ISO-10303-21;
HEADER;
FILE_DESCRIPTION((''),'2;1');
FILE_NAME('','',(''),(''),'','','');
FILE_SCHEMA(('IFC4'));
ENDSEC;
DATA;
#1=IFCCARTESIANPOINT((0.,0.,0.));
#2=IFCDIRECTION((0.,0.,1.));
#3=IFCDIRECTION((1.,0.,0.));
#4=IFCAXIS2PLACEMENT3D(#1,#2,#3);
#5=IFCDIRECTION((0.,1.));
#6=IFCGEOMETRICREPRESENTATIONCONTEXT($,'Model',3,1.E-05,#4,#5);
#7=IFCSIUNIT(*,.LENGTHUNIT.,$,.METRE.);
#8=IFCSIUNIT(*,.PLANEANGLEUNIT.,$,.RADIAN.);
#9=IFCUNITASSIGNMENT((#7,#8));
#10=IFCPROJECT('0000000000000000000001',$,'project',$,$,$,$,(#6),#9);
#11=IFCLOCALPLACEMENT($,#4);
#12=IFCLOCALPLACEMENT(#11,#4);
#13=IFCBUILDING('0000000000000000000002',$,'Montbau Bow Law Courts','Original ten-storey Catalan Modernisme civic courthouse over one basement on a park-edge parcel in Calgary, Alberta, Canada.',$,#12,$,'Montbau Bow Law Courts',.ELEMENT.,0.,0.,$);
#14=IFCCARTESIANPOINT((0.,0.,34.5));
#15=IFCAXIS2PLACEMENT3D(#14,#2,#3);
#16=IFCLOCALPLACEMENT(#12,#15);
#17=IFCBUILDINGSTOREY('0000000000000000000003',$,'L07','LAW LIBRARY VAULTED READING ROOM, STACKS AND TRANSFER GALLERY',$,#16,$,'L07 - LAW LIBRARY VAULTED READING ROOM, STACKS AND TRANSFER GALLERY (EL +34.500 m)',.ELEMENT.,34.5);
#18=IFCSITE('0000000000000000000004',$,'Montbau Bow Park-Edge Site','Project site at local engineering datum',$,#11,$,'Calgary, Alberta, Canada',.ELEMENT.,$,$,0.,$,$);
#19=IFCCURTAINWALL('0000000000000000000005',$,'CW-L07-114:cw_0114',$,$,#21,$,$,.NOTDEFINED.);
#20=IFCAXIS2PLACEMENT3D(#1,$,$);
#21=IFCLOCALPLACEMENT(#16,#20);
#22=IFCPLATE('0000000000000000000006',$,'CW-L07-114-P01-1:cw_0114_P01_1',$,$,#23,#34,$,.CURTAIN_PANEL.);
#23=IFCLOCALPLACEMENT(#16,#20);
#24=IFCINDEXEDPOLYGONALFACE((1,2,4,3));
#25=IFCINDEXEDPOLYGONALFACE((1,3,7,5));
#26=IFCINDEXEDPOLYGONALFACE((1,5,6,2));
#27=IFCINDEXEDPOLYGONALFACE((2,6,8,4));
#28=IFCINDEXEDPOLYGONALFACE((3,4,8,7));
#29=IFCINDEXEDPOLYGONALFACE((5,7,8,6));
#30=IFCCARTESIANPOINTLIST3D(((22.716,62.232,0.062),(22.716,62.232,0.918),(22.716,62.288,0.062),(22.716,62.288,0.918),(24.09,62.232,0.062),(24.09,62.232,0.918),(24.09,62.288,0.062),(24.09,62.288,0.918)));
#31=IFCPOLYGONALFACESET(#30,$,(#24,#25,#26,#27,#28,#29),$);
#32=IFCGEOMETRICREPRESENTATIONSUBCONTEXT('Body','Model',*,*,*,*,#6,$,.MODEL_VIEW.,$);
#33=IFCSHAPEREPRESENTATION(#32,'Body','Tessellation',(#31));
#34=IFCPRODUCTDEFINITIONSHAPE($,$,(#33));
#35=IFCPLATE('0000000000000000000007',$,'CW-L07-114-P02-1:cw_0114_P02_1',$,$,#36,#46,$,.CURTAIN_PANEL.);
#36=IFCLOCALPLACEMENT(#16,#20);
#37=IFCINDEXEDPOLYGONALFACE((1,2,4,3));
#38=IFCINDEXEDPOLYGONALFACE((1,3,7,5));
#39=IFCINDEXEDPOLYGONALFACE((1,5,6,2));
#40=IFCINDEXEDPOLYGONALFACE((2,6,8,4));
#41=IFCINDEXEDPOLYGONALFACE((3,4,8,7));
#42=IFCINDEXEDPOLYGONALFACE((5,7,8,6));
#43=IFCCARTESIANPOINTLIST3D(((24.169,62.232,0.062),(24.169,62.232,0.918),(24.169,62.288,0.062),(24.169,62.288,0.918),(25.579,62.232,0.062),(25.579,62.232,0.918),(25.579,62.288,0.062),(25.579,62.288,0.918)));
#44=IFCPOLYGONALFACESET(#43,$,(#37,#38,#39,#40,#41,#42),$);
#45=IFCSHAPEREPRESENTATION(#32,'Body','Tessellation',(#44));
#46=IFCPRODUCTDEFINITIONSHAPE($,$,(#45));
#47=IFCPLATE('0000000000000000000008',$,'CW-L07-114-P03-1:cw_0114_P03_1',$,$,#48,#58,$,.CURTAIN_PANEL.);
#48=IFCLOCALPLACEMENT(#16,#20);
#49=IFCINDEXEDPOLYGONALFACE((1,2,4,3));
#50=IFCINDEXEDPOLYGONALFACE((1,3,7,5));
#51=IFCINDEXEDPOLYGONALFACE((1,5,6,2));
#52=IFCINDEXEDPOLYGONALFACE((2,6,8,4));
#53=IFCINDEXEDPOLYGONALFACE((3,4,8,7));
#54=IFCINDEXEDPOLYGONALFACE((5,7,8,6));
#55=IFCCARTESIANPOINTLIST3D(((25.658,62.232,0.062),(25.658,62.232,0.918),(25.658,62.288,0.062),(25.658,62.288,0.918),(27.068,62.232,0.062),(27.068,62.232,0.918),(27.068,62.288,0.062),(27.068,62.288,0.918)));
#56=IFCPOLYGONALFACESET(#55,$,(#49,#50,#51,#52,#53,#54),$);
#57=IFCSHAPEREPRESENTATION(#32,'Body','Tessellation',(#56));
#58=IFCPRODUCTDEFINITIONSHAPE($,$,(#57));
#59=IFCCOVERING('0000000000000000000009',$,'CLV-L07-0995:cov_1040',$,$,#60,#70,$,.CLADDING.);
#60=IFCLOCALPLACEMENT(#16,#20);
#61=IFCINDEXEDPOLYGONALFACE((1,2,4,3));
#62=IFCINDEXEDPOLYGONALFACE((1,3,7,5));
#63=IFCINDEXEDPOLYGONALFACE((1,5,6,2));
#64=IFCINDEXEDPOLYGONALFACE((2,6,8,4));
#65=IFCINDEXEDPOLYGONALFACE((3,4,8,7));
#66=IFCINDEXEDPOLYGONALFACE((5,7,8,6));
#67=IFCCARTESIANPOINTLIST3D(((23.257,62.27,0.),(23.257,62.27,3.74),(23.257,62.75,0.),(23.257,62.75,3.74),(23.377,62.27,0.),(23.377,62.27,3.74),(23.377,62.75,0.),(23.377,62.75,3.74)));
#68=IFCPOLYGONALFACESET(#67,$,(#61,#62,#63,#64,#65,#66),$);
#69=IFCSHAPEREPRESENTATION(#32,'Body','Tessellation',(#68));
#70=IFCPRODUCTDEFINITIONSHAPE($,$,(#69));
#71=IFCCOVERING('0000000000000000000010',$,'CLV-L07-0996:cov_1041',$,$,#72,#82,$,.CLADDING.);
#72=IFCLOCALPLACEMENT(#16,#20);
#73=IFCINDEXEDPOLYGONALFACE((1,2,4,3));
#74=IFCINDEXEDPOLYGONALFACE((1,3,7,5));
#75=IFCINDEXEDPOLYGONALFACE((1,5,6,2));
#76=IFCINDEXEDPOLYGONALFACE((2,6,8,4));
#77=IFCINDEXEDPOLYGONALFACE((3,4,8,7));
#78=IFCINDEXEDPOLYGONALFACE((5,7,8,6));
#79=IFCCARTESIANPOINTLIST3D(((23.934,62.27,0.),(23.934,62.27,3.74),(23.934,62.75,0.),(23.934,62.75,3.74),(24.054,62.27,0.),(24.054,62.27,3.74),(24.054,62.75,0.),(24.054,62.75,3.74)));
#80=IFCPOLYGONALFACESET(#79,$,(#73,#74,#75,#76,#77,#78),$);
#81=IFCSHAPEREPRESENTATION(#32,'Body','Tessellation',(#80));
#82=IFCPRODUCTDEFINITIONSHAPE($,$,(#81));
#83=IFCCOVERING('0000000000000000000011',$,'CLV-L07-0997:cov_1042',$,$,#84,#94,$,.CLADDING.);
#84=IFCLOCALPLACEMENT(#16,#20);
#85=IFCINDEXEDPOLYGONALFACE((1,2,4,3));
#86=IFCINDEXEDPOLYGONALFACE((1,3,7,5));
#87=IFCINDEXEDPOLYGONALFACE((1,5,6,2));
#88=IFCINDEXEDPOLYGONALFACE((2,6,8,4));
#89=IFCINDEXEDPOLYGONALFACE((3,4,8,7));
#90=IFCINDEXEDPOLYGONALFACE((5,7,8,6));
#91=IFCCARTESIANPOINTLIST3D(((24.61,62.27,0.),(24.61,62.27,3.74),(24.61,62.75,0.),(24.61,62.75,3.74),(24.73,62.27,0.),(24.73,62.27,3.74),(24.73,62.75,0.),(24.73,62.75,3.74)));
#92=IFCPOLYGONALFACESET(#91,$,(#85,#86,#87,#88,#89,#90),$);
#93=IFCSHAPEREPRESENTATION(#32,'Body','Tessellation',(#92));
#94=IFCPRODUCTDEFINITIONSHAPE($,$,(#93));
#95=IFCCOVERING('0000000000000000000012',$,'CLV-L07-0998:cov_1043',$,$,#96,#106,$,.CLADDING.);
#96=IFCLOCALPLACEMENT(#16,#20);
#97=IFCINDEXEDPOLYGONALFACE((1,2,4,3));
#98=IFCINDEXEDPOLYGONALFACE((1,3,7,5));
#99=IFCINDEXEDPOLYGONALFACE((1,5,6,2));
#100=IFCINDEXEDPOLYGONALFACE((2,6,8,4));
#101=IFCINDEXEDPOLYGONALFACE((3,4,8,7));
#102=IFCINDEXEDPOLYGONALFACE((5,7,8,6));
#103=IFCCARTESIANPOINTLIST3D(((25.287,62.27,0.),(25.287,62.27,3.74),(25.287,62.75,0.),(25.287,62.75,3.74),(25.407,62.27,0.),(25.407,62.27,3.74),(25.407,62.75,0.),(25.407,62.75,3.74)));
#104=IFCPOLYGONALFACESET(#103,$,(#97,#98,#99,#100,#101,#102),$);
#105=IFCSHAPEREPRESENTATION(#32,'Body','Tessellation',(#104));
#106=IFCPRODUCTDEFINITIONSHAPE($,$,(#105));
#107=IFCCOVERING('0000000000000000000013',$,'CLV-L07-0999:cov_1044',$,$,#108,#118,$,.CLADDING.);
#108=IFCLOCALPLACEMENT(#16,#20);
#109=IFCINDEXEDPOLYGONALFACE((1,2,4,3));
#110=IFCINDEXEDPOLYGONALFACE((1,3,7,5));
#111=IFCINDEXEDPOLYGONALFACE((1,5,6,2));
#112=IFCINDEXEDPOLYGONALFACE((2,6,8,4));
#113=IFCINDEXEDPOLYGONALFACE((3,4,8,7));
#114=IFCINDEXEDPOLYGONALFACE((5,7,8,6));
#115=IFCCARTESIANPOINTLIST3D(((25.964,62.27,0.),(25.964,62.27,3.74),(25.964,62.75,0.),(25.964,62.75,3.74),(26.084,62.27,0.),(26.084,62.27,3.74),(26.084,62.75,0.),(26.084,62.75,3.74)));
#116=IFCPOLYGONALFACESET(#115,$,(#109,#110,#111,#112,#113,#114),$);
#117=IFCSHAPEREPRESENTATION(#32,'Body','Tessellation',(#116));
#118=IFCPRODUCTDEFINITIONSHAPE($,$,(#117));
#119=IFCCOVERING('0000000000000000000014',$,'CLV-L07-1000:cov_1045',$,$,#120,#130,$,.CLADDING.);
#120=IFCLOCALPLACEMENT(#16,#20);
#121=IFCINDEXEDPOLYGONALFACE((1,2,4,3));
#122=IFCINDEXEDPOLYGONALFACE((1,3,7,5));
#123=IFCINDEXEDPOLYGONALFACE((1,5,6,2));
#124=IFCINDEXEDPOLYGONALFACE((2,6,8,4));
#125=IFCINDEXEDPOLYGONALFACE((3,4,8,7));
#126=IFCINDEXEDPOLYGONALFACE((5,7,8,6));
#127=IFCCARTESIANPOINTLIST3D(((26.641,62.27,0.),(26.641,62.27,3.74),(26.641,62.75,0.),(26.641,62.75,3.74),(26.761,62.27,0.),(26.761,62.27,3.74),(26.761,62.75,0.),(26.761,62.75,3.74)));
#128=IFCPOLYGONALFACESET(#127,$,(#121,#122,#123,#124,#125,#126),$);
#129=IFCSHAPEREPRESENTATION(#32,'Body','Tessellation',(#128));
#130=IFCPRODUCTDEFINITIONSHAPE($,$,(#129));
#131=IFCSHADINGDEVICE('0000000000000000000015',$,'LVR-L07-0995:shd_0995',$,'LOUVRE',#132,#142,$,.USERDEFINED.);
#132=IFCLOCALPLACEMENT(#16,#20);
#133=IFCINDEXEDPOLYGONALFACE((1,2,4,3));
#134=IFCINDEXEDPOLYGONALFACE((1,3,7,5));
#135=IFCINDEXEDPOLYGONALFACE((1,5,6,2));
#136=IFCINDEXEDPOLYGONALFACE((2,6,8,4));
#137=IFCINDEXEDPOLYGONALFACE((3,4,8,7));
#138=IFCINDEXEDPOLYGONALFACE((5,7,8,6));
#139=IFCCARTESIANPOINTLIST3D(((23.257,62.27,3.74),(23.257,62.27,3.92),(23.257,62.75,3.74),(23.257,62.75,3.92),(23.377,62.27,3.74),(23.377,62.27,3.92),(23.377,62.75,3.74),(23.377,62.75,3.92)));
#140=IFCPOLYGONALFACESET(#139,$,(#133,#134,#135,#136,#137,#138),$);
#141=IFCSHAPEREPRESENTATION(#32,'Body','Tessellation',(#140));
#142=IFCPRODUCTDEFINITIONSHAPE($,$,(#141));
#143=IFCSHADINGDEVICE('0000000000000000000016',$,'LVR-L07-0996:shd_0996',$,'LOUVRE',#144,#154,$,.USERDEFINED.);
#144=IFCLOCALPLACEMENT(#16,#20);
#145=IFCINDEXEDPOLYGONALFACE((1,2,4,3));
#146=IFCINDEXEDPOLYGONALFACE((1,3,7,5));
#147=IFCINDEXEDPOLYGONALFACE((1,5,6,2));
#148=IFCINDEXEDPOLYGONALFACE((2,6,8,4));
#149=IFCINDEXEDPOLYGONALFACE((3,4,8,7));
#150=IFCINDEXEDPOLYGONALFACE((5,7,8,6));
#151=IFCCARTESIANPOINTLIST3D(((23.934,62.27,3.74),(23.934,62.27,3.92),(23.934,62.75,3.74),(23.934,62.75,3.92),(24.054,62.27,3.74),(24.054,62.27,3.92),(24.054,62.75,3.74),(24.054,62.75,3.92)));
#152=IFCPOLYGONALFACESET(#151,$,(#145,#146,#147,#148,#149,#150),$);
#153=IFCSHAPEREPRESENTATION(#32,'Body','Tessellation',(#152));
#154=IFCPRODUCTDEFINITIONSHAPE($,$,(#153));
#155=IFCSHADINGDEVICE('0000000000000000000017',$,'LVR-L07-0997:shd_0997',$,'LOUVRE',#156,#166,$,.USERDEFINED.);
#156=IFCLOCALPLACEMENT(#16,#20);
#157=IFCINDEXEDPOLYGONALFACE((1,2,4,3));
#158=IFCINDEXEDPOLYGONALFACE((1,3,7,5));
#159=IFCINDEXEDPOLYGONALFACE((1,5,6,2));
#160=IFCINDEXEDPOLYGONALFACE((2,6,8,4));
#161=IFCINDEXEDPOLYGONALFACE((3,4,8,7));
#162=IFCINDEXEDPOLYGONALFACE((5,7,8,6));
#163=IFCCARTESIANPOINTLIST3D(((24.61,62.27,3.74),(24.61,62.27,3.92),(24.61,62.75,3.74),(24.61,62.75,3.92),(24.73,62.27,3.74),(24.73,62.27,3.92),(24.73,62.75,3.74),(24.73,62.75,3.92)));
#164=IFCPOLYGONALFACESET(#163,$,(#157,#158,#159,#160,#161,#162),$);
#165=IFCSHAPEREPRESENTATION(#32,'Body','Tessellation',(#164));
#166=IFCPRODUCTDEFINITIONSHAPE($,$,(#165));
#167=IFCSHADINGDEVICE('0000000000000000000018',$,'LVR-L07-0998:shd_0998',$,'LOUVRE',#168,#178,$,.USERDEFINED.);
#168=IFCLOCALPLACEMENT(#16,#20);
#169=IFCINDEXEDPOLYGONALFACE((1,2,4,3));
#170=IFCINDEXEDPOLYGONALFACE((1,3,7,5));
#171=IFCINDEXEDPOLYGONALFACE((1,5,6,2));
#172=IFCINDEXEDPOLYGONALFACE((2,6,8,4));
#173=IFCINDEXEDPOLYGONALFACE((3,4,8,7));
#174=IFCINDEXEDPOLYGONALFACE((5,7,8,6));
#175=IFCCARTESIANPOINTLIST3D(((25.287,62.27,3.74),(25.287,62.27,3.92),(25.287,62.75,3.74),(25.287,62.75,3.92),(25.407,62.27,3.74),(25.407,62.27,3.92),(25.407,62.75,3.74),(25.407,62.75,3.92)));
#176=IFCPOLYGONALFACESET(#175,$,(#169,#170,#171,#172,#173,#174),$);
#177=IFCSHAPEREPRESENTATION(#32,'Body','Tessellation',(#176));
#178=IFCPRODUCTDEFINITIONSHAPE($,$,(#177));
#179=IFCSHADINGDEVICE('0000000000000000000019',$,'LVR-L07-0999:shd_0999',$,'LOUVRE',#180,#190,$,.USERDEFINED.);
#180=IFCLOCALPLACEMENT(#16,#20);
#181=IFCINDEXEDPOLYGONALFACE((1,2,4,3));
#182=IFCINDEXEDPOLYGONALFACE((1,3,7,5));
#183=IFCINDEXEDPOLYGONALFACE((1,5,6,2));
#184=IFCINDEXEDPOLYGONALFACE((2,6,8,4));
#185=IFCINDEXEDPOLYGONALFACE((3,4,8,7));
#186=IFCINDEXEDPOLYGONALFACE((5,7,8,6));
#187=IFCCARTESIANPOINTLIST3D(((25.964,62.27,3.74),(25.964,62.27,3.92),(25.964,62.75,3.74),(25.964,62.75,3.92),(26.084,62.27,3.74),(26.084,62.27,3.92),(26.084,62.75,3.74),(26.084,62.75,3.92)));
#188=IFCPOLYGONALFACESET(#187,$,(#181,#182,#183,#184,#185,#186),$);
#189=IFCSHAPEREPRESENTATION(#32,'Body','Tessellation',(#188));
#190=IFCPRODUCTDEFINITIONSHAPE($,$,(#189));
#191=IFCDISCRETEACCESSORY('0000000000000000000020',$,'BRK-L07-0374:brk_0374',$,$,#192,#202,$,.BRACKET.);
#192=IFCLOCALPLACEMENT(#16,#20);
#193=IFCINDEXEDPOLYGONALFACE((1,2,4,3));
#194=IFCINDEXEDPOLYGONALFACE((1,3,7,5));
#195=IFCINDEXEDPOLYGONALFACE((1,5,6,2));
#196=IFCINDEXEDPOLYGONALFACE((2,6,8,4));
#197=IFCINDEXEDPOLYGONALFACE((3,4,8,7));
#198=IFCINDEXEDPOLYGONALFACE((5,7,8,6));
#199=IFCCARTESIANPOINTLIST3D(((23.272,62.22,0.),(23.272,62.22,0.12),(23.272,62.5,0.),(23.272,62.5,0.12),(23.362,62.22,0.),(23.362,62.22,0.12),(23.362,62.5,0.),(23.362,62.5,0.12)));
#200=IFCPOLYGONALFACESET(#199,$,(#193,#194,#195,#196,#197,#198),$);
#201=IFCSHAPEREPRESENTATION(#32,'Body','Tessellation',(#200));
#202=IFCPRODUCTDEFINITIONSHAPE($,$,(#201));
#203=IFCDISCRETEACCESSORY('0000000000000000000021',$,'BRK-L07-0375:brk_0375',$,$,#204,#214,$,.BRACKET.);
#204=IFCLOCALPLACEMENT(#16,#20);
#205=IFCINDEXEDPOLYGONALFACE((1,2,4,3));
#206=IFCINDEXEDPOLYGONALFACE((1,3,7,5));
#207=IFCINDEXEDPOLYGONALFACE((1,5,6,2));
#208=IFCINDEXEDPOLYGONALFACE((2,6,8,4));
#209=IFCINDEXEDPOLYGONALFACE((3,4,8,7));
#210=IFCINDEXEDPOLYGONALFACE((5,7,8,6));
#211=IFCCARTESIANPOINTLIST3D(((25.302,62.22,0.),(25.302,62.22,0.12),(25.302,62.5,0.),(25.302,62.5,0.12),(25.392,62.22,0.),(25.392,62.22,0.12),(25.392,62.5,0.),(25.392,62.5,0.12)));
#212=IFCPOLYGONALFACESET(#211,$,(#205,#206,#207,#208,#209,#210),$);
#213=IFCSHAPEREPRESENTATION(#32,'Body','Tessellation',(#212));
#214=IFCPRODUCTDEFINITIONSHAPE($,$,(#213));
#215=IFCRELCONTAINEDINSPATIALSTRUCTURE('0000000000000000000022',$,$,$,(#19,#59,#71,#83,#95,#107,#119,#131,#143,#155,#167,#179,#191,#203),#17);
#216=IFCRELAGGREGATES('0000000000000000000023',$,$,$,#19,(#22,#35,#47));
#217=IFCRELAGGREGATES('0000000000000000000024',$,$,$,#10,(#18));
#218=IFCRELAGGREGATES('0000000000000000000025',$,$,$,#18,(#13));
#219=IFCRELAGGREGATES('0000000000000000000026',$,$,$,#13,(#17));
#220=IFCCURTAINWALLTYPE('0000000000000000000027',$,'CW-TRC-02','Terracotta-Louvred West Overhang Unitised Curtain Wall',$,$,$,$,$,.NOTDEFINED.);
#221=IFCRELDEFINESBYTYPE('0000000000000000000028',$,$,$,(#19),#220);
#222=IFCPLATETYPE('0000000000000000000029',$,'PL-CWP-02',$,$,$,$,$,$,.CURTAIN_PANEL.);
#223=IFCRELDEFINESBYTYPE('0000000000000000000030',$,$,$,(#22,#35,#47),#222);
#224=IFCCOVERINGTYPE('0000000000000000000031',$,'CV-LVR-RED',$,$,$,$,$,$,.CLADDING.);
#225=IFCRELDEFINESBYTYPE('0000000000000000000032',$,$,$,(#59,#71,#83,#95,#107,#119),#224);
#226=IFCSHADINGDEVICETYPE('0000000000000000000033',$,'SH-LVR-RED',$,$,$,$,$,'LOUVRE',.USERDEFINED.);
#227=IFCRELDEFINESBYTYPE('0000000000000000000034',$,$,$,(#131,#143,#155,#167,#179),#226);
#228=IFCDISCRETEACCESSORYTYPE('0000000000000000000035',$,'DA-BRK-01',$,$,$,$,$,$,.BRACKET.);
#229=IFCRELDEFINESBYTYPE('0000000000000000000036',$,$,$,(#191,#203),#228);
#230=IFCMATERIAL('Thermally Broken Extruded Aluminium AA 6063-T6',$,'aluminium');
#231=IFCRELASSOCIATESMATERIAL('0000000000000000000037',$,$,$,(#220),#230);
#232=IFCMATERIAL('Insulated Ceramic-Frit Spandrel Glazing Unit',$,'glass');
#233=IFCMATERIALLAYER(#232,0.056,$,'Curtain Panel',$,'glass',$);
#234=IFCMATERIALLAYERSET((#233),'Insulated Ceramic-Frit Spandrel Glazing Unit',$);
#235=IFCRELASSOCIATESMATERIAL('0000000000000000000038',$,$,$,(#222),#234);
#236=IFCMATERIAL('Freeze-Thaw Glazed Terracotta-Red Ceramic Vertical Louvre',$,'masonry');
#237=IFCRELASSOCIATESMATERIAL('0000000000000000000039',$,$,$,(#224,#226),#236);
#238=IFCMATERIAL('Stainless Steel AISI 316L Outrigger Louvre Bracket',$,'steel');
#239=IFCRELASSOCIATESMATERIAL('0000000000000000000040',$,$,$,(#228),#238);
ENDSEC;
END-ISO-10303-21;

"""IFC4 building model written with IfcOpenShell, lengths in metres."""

from ifc_helpers import new_model, si_unit, direction, frame, frame_2d, origin_with_axes, origin_2d_with_axis, place, context, subcontext, project, spatial, rectangle, extrude, material, layer, layer_set, type_object, element, aggregate, save


model = new_model("IFC4")

# Units and contexts
model_context = context("Model", 3, precision=1e-05, world=origin_with_axes(), true_north=direction((0.0, 1.0)))
body_context = subcontext(model_context, "Body", "Model", "MODEL_VIEW")
ifc_project = project(units=[si_unit("LENGTHUNIT", "METRE"), si_unit("PLANEANGLEUNIT", "RADIAN")], contexts=[model_context])

# Site, building, storey
site_placement = place(None, origin_with_axes())
site = spatial("IfcSite", under=ifc_project, at=site_placement, Name="Montbau Bow Park-Edge Site", Description="Project site at local engineering datum", LongName="Calgary, Alberta, Canada", CompositionType="ELEMENT", RefElevation=0.0)
building_placement = place(site_placement, origin_with_axes())
building = spatial("IfcBuilding", under=site, at=building_placement, Name="Montbau Bow Law Courts", Description="Original ten-storey Catalan Modernisme civic courthouse over one basement on a park-edge parcel in Calgary, Alberta, Canada.", LongName="Montbau Bow Law Courts", CompositionType="ELEMENT", ElevationOfRefHeight=0.0, ElevationOfTerrain=0.0)
storey_placement = place(building_placement, frame((0.0, 0.0, 34.5), z_axis=(0.0, 0.0, 1.0), x_axis=(1.0, 0.0, 0.0)))
storey = spatial("IfcBuildingStorey", under=building, at=storey_placement, Name="L07", Description="LAW LIBRARY VAULTED READING ROOM, STACKS AND TRANSFER GALLERY", LongName="L07 - LAW LIBRARY VAULTED READING ROOM, STACKS AND TRANSFER GALLERY (EL +34.500 m)", CompositionType="ELEMENT", Elevation=34.5)

# Curtain wall, plates
ifc_material_1 = material(Name="Thermally Broken Extruded Aluminium AA 6063-T6", Category="aluminium")
curtain_wall_type = type_object("IfcCurtainWallType", Name="CW-TRC-02", Description="Terracotta-Louvred West Overhang Unitised Curtain Wall", PredefinedType="NOTDEFINED", material=ifc_material_1)
curtain_wall_placement = place(None, frame((22.64, 62.26, 34.5), z_axis=(0.0, 0.0, 1.0), x_axis=(1.0, 0.0, 0.0)))
curtain_wall = element("IfcCurtainWall", 1, at=curtain_wall_placement, inside=storey, type_object=curtain_wall_type, Name="CW-L07-114:cw_0114", PredefinedType="NOTDEFINED")
ifc_material_2 = material(Name="Insulated Ceramic-Frit Spandrel Glazing Unit", Category="glass")
ifc_layer_1 = layer(ifc_material_2, 0.056, Name="Curtain Panel", Category="glass")
ifc_layer_set_1 = layer_set([ifc_layer_1], Name="Insulated Ceramic-Frit Spandrel Glazing Unit")
plate_type_1 = type_object("IfcPlateType", Name="PL-CWP-02", PredefinedType="CURTAIN_PANEL", material=ifc_layer_set_1)
plate_1_placement = place(None, frame((22.716, 62.26, 34.562), z_axis=(0.0, -1.0, 0.0), x_axis=(1.0, 0.0, 0.0)))
plate_1 = element("IfcPlate", 2, at=plate_1_placement, type_object=plate_type_1, Name="CW-L07-114-P01-1:cw_0114_P01_1", PredefinedType="CURTAIN_PANEL", context=body_context, shape_type="SweptSolid", body=[
    extrude(rectangle(XDim=1.374, YDim=0.856, at=frame_2d((0.687, 0.428), x_axis=(1.0, 0.0))), frame((0.0, 0.0, -0.028), z_axis=(0.0, 0.0, 1.0), x_axis=(1.0, 0.0, 0.0)), (0.0, 0.0, 1.0), 0.056),
])
plate_2_placement = place(None, frame((24.169, 62.26, 34.562), z_axis=(0.0, -1.0, 0.0), x_axis=(1.0, 0.0, 0.0)))
plate_2 = element("IfcPlate", 3, at=plate_2_placement, type_object=plate_type_1, Name="CW-L07-114-P02-1:cw_0114_P02_1", PredefinedType="CURTAIN_PANEL", context=body_context, shape_type="SweptSolid", body=[
    extrude(rectangle(XDim=1.41, YDim=0.856, at=frame_2d((0.705, 0.428), x_axis=(1.0, 0.0))), frame((0.0, 0.0, -0.028), z_axis=(0.0, 0.0, 1.0), x_axis=(1.0, 0.0, 0.0)), (0.0, 0.0, 1.0), 0.056),
])
plate_3_placement = place(None, frame((25.658, 62.26, 34.562), z_axis=(0.0, -1.0, 0.0), x_axis=(1.0, 0.0, 0.0)))
plate_3 = element("IfcPlate", 4, at=plate_3_placement, type_object=plate_type_1, Name="CW-L07-114-P03-1:cw_0114_P03_1", PredefinedType="CURTAIN_PANEL", context=body_context, shape_type="SweptSolid", body=[
    extrude(rectangle(XDim=1.41, YDim=0.856, at=frame_2d((0.705, 0.428), x_axis=(1.0, 0.0))), frame((0.0, 0.0, -0.028), z_axis=(0.0, 0.0, 1.0), x_axis=(1.0, 0.0, 0.0)), (0.0, 0.0, 1.0), 0.056),
])
aggregate(curtain_wall, [plate_1, plate_2, plate_3])

# Coverings
ifc_material_3 = material(Name="Freeze-Thaw Glazed Terracotta-Red Ceramic Vertical Louvre", Category="masonry")
covering_type = type_object("IfcCoveringType", Name="CV-LVR-RED", PredefinedType="CLADDING", material=ifc_material_3)
for number, where, z_axis, x_axis, name in (
    (5, (23.317, 62.27, 34.5), (1.0, 0.0, 0.0), (0.0, 1.0, 0.0), "CLV-L07-0995:cov_1040"),
    (6, (23.994, 62.27, 34.5), (1.0, 0.0, 0.0), (0.0, 1.0, 0.0), "CLV-L07-0996:cov_1041"),
    (7, (24.67, 62.27, 34.5), (1.0, 0.0, 0.0), (0.0, 1.0, 0.0), "CLV-L07-0997:cov_1042"),
    (8, (25.347, 62.27, 34.5), (1.0, 0.0, 0.0), (0.0, 1.0, 0.0), "CLV-L07-0998:cov_1043"),
    (9, (26.024, 62.27, 34.5), (1.0, 0.0, 0.0), (0.0, 1.0, 0.0), "CLV-L07-0999:cov_1044"),
    (10, (26.701, 62.27, 34.5), (1.0, 0.0, 0.0), (0.0, 1.0, 0.0), "CLV-L07-1000:cov_1045"),
):
    element("IfcCovering", number, at=place(None, frame(where, z_axis=z_axis, x_axis=x_axis)), inside=storey, type_object=covering_type, Name=name, PredefinedType="CLADDING", context=body_context, shape_type="SweptSolid", body=[
        extrude(rectangle(XDim=0.48, YDim=3.74, at=frame_2d((0.24, 1.87), x_axis=(1.0, 0.0))), frame((0.0, 0.0, -0.06), z_axis=(0.0, 0.0, 1.0), x_axis=(1.0, 0.0, 0.0)), (0.0, 0.0, 1.0), 0.12),
    ])

# Shading devices
shading_device_type = type_object("IfcShadingDeviceType", Name="SH-LVR-RED", ElementType="LOUVRE", PredefinedType="USERDEFINED", material=ifc_material_3)
for number, where, z_axis, x_axis, name in (
    (11, (23.317, 62.51, 38.24), (0.0, 0.0, 1.0), (0.0, 1.0, 0.0), "LVR-L07-0995:shd_0995"),
    (12, (23.994, 62.51, 38.24), (0.0, 0.0, 1.0), (0.0, 1.0, 0.0), "LVR-L07-0996:shd_0996"),
    (13, (24.67, 62.51, 38.24), (0.0, 0.0, 1.0), (0.0, 1.0, 0.0), "LVR-L07-0997:shd_0997"),
    (14, (25.347, 62.51, 38.24), (0.0, 0.0, 1.0), (0.0, 1.0, 0.0), "LVR-L07-0998:shd_0998"),
    (15, (26.024, 62.51, 38.24), (0.0, 0.0, 1.0), (0.0, 1.0, 0.0), "LVR-L07-0999:shd_0999"),
):
    element("IfcShadingDevice", number, at=place(None, frame(where, z_axis=z_axis, x_axis=x_axis)), inside=storey, type_object=shading_device_type, Name=name, ObjectType="LOUVRE", PredefinedType="USERDEFINED", context=body_context, shape_type="SweptSolid", body=[
        extrude(rectangle(XDim=0.48, YDim=0.12, at=origin_2d_with_axis()), origin_with_axes(), (0.0, 0.0, 1.0), 0.18),
    ])

# Discrete accessories
ifc_material_4 = material(Name="Stainless Steel AISI 316L Outrigger Louvre Bracket", Category="steel")
discrete_accessory_type = type_object("IfcDiscreteAccessoryType", Name="DA-BRK-01", PredefinedType="BRACKET", material=ifc_material_4)
for number, where, z_axis, x_axis, name in (
    (16, (23.317, 62.36, 34.5), (0.0, 0.0, 1.0), (0.0, 1.0, 0.0), "BRK-L07-0374:brk_0374"),
    (17, (25.347, 62.36, 34.5), (0.0, 0.0, 1.0), (0.0, 1.0, 0.0), "BRK-L07-0375:brk_0375"),
):
    element("IfcDiscreteAccessory", number, at=place(None, frame(where, z_axis=z_axis, x_axis=x_axis)), inside=storey, type_object=discrete_accessory_type, Name=name, PredefinedType="BRACKET", context=body_context, shape_type="SweptSolid", body=[
        extrude(rectangle(XDim=0.28, YDim=0.09, at=origin_2d_with_axis()), origin_with_axes(), (0.0, 0.0, 1.0), 0.12),
    ])

save(model, "model.ifc")
